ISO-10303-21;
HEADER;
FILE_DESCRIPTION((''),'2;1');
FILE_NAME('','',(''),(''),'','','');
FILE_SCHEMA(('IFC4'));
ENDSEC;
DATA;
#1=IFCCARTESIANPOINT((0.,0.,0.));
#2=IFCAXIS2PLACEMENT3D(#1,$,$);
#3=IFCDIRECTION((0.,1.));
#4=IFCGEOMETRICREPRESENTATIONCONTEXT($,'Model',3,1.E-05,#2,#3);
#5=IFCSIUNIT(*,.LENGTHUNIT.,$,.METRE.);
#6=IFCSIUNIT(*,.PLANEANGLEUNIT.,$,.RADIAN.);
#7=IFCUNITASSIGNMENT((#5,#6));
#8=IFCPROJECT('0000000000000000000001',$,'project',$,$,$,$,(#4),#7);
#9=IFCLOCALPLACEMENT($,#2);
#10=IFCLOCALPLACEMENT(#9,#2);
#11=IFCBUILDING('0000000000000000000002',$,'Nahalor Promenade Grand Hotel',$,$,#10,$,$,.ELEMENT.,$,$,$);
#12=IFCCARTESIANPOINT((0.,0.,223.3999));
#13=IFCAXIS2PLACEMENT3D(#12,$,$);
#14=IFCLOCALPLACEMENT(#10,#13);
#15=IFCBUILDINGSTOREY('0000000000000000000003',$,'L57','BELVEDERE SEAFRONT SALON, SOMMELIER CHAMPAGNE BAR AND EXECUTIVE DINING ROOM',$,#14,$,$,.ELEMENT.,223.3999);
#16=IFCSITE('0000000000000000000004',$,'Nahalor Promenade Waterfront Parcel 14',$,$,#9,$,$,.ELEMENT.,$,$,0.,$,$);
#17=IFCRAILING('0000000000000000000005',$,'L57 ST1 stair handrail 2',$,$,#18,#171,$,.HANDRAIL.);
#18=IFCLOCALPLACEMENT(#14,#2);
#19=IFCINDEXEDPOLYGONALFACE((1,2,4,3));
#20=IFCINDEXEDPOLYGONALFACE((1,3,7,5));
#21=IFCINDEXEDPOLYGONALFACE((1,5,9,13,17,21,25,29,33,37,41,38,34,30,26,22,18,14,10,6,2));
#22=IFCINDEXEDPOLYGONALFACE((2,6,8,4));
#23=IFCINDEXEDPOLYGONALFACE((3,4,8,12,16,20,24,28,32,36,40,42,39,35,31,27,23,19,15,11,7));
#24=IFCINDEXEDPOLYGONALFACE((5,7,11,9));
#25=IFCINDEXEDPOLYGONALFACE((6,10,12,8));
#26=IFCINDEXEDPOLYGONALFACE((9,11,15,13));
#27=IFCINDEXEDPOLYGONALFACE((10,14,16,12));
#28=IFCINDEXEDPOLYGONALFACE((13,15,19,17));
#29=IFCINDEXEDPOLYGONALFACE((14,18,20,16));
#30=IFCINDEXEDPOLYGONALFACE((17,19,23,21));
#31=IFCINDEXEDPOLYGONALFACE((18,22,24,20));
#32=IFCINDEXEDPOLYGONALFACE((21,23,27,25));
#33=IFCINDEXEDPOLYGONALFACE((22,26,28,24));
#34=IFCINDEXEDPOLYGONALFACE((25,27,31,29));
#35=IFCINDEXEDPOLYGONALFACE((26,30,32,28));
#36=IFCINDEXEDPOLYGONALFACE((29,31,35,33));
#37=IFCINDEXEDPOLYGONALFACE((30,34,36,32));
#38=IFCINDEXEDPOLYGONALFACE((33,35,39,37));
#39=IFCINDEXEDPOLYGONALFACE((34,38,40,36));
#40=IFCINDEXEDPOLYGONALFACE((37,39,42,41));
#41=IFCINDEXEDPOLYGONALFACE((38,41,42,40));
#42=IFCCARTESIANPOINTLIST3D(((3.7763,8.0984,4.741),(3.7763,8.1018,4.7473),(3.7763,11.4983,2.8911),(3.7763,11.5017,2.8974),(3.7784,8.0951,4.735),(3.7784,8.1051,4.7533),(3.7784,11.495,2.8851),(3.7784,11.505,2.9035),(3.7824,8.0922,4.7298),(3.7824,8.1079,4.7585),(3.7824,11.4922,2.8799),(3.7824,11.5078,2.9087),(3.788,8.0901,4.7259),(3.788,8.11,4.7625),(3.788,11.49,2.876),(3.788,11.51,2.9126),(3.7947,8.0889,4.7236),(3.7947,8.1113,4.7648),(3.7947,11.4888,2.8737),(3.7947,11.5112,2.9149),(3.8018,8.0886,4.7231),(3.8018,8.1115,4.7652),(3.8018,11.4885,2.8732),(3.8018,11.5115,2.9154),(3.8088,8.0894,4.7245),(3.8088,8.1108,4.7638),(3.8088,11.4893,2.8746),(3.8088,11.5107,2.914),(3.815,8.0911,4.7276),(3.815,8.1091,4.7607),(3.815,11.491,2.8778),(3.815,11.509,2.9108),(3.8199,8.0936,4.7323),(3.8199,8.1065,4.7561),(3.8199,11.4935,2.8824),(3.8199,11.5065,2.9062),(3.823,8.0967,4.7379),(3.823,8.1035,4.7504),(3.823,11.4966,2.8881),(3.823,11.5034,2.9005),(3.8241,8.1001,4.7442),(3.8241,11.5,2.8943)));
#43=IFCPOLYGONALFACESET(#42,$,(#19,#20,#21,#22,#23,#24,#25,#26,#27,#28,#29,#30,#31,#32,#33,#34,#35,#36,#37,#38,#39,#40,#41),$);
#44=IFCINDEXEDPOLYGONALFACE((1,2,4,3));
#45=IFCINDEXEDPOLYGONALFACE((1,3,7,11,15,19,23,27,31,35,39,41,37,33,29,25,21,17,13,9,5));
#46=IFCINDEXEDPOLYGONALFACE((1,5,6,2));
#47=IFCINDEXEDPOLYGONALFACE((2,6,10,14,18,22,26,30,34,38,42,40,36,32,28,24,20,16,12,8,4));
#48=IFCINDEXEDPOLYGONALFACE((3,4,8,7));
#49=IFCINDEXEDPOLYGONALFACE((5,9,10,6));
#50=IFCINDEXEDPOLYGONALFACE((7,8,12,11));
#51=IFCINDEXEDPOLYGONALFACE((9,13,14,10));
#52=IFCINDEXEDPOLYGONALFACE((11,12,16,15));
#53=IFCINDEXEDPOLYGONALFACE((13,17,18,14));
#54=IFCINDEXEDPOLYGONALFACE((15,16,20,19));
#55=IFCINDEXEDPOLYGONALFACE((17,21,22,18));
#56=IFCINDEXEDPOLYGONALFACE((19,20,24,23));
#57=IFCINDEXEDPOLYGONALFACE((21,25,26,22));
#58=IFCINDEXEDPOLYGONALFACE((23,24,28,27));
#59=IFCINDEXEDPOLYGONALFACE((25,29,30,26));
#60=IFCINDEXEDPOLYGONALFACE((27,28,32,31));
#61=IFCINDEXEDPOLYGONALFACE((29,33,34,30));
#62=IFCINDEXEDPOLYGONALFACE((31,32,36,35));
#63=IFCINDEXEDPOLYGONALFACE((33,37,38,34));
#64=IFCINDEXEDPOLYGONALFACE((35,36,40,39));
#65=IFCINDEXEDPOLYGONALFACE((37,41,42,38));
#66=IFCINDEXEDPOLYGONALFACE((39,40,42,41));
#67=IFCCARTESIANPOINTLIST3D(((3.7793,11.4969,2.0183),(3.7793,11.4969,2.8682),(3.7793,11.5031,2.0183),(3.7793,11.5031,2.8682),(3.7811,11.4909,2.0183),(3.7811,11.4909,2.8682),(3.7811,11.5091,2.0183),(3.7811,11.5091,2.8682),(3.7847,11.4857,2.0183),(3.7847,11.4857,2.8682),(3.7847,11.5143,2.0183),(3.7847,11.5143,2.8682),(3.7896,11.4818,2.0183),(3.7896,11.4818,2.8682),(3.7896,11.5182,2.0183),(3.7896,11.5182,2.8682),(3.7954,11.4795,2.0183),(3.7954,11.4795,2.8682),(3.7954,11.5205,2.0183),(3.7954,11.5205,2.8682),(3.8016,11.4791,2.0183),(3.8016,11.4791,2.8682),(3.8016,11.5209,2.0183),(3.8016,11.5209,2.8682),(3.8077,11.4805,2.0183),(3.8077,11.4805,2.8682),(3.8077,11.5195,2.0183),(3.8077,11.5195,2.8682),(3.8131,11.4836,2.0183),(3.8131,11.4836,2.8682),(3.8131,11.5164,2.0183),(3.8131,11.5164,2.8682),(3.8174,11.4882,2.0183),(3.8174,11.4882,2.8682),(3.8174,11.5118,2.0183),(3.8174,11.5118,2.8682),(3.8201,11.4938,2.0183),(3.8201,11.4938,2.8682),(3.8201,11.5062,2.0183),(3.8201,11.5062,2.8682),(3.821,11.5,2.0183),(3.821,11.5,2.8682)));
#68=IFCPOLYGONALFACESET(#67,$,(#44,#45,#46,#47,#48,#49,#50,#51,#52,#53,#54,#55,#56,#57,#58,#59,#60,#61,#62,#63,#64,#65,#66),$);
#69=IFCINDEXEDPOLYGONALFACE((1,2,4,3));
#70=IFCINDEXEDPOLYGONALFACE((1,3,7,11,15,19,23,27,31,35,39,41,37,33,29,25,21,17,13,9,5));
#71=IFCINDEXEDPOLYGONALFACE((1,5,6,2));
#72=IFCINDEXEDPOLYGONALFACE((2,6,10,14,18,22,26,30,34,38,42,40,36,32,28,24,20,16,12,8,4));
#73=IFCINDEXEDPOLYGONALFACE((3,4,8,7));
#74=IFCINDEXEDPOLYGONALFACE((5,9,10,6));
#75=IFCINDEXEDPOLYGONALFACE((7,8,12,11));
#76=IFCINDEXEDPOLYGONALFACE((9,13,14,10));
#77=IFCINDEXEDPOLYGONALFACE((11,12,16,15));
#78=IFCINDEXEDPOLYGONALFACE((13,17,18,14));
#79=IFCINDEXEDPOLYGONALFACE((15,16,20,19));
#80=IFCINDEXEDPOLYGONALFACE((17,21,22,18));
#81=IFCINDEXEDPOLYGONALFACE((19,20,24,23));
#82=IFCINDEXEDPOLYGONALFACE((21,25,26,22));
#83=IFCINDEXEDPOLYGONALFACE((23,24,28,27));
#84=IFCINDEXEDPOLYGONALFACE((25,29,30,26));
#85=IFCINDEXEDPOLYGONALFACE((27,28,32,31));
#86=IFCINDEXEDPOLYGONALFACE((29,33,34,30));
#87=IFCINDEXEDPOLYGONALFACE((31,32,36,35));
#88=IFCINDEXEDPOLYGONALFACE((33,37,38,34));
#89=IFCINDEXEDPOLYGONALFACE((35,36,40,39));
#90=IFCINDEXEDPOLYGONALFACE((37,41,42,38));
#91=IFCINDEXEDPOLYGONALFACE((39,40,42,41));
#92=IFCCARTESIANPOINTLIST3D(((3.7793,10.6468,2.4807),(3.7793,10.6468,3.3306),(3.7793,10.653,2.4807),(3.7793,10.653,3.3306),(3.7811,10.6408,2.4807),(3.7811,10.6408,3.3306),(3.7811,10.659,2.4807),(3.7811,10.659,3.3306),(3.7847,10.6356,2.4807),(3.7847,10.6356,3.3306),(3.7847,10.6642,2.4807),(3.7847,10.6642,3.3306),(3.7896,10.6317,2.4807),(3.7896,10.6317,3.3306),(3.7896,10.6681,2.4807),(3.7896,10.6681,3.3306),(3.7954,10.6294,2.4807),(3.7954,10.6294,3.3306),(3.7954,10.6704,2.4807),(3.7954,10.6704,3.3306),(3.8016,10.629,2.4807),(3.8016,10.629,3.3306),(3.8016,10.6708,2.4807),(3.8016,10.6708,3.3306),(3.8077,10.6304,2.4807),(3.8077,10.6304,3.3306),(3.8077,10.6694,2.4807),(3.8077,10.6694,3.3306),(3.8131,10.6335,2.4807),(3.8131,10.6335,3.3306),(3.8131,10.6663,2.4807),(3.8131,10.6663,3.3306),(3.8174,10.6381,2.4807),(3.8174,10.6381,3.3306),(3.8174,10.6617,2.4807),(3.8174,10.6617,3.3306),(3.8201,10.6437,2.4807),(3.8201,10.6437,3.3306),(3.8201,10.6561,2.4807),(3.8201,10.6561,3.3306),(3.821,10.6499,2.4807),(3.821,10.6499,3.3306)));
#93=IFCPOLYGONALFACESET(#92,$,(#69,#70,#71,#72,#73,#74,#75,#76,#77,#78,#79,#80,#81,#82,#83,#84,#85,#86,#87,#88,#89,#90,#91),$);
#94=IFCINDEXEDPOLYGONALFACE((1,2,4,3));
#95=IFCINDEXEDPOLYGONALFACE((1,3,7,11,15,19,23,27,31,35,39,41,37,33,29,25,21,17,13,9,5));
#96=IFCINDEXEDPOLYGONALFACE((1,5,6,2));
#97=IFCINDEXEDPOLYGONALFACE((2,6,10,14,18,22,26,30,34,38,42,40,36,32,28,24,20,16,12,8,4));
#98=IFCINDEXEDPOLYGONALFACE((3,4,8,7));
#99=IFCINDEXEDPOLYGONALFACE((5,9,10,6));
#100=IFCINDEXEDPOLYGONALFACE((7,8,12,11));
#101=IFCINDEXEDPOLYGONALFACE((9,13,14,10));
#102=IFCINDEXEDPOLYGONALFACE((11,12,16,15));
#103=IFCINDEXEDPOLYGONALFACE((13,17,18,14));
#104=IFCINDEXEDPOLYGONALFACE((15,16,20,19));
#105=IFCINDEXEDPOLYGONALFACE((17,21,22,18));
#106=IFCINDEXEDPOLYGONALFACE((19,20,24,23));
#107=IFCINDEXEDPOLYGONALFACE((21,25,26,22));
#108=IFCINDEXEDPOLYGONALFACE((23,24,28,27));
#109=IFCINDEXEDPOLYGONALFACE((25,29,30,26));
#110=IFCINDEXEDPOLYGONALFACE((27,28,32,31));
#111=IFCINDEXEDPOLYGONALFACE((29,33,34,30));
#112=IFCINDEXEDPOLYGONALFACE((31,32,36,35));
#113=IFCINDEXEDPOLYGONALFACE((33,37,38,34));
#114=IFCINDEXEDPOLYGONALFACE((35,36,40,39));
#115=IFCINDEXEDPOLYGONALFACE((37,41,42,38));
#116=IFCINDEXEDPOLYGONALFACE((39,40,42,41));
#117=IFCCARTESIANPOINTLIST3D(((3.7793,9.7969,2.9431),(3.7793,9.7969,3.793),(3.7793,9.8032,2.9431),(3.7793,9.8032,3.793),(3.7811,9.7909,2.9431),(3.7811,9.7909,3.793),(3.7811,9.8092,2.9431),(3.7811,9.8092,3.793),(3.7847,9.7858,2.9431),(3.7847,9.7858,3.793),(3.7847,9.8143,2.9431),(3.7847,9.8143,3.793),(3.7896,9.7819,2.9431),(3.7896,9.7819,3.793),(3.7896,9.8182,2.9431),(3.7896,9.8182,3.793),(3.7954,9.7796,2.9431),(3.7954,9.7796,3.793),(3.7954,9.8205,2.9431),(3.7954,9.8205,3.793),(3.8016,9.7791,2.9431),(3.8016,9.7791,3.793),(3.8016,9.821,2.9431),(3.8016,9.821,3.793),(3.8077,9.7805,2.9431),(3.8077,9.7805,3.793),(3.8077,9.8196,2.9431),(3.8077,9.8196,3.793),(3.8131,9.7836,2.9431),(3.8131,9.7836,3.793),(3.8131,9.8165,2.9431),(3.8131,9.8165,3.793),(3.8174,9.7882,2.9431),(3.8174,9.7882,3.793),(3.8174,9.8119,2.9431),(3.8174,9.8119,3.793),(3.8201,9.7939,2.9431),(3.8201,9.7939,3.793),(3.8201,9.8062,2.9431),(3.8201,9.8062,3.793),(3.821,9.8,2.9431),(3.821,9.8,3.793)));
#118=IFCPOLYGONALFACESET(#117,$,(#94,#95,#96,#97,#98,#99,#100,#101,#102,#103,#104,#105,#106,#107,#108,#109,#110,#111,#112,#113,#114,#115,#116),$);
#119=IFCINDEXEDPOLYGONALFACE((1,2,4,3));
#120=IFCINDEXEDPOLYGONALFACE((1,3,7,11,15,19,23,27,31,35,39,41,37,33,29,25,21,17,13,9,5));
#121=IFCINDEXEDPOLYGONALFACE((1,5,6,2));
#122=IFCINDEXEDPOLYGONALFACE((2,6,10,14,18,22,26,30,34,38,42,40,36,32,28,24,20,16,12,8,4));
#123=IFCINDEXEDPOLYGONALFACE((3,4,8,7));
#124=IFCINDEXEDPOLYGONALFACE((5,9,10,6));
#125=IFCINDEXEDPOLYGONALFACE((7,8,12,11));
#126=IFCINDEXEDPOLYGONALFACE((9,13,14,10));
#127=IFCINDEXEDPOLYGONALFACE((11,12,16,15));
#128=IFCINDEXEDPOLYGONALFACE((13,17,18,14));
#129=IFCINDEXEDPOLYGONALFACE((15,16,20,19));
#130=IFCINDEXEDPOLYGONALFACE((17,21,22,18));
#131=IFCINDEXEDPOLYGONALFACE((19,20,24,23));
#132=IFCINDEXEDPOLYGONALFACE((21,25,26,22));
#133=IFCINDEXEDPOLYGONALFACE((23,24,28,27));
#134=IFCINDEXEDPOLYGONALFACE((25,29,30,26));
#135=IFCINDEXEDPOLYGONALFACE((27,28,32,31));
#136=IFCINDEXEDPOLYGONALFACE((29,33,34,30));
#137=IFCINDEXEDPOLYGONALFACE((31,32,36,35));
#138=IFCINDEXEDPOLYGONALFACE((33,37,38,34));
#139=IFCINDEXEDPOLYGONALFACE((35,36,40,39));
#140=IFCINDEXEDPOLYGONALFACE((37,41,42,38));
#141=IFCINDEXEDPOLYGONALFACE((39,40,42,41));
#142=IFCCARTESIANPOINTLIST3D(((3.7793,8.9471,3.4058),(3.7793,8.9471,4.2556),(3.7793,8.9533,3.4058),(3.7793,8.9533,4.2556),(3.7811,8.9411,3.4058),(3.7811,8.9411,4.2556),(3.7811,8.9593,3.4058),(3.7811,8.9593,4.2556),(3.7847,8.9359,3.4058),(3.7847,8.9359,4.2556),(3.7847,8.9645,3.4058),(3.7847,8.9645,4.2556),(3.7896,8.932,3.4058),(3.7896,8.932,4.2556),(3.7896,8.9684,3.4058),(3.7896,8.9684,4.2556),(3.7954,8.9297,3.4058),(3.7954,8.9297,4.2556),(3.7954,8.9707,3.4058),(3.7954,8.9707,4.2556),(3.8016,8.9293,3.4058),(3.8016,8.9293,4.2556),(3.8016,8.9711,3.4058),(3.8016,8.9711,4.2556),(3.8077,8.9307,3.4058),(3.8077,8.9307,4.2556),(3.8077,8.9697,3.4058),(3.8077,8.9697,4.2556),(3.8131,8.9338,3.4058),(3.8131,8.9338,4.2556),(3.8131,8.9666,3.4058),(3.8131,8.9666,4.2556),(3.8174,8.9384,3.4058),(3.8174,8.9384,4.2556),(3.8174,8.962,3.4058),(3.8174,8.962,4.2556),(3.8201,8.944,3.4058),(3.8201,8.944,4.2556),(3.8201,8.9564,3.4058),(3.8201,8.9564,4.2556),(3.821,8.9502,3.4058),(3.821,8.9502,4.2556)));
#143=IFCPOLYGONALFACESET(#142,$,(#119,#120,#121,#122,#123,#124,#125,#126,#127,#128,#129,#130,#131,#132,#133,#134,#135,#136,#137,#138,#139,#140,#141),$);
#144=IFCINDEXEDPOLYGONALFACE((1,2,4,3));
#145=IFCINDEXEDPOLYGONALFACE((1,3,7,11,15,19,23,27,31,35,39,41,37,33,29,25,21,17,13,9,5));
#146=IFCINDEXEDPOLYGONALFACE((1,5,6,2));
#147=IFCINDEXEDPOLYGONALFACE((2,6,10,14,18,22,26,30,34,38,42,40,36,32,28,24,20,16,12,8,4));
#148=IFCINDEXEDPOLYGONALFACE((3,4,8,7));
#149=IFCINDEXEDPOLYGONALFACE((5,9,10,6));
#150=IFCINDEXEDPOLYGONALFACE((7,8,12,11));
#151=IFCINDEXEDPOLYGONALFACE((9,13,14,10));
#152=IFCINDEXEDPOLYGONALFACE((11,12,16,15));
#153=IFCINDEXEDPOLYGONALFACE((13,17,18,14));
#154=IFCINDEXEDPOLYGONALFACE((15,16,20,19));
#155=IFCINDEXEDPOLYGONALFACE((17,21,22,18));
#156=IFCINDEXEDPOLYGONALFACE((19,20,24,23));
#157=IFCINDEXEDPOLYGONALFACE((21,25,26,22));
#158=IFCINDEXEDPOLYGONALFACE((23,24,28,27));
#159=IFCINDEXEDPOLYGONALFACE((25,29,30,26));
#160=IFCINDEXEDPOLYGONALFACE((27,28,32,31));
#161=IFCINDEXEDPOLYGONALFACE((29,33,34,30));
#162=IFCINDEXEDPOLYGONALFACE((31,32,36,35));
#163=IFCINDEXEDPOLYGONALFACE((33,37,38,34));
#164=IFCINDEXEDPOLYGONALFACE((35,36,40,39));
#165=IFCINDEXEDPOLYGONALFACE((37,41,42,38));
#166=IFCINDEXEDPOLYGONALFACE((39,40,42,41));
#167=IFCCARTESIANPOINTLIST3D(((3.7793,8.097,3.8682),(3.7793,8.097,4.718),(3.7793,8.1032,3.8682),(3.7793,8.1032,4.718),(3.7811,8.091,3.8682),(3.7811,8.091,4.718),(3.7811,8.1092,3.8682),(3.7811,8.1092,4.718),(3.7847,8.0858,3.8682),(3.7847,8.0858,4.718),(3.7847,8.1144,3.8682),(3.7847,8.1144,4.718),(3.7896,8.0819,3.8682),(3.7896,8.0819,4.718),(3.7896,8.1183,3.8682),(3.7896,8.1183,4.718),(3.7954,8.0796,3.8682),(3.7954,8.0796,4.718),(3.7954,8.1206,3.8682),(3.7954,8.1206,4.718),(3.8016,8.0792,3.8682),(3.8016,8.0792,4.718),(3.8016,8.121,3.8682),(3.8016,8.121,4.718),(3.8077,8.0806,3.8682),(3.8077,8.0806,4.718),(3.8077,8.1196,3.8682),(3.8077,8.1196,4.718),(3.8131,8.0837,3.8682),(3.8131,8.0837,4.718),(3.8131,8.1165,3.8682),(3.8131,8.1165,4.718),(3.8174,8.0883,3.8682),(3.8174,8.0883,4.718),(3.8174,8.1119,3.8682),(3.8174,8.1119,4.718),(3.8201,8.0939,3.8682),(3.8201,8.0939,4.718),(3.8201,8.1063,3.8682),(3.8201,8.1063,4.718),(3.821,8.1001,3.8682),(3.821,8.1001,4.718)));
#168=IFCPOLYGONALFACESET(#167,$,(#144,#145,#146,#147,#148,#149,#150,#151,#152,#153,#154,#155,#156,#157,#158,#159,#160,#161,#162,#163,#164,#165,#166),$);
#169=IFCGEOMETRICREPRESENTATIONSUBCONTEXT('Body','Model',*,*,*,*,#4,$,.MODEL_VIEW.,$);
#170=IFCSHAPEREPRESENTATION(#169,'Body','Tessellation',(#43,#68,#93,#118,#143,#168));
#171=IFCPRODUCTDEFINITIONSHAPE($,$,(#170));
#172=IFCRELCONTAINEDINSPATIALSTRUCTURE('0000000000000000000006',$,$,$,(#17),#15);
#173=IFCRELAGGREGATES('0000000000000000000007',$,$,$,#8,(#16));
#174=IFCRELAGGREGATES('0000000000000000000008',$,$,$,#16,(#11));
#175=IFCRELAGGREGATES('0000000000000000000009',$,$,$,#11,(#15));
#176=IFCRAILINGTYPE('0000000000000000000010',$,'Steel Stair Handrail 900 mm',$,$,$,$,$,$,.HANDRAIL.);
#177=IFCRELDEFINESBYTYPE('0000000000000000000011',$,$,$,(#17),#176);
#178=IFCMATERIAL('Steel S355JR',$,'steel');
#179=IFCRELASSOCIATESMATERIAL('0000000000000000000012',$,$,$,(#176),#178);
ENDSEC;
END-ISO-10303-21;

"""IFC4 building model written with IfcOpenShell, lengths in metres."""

from ifc_helpers import new_model, si_unit, direction, frame, origin, origin_2d, place, context, subcontext, project, spatial, circle, extrude, material, type_object, element, save


model = new_model("IFC4")

# Units and contexts
model_context = context("Model", 3, precision=1e-05, world=origin(), true_north=direction((0.0, 1.0)))
body_context = subcontext(model_context, "Body", "Model", "MODEL_VIEW")
ifc_project = project(units=[si_unit("LENGTHUNIT", "METRE"), si_unit("PLANEANGLEUNIT", "RADIAN")], contexts=[model_context])

# Site, building, storey
site_placement = place(None, origin())
site = spatial("IfcSite", under=ifc_project, at=site_placement, Name="Nahalor Promenade Waterfront Parcel 14", CompositionType="ELEMENT", RefElevation=0.0)
building_placement = place(site_placement, origin())
building = spatial("IfcBuilding", under=site, at=building_placement, Name="Nahalor Promenade Grand Hotel", CompositionType="ELEMENT")
storey_placement = place(building_placement, frame((0.0, 0.0, 223.3999)))
storey = spatial("IfcBuildingStorey", under=building, at=storey_placement, Name="L57", Description="BELVEDERE SEAFRONT SALON, SOMMELIER CHAMPAGNE BAR AND EXECUTIVE DINING ROOM", CompositionType="ELEMENT", Elevation=223.3999)

# Shared definitions
ifc_material_1 = material(Name="Steel S355JR", Category="steel")

# Railing
railing_type = type_object("IfcRailingType", Name="Steel Stair Handrail 900 mm", PredefinedType="HANDRAIL", material=ifc_material_1)
railing_placement = place(storey_placement, frame((3.8, 11.5, 2.0183)))
element("IfcRailing", 1, at=railing_placement, inside=storey, type_object=railing_type, Name="L57 ST1 stair handrail 2", PredefinedType="HANDRAIL", context=body_context, shape_type="SweptSolid", body=[
    extrude(circle(Radius=0.024, at=origin_2d()), frame((0.0, 0.0, 0.876), z_axis=(0.0, -0.878399, 0.477928), x_axis=(1.0, 0.0, 0.0)), (0.0, 0.0, 1.0), 3.8706),
    extrude(circle(Radius=0.021, at=origin_2d()), origin(), (0.0, 0.0, 1.0), 0.8499),
    extrude(circle(Radius=0.021, at=origin_2d()), frame((0.0, -0.8501, 0.4624)), (0.0, 0.0, 1.0), 0.8499),
    extrude(circle(Radius=0.021, at=origin_2d()), frame((0.0, -1.7, 0.9248)), (0.0, 0.0, 1.0), 0.8499),
    extrude(circle(Radius=0.021, at=origin_2d()), frame((0.0, -2.5498, 1.3875)), (0.0, 0.0, 1.0), 0.8499),
    extrude(circle(Radius=0.021, at=origin_2d()), frame((0.0, -3.3999, 1.8499)), (0.0, 0.0, 1.0), 0.8499),
])

save(model, "model.ifc")
